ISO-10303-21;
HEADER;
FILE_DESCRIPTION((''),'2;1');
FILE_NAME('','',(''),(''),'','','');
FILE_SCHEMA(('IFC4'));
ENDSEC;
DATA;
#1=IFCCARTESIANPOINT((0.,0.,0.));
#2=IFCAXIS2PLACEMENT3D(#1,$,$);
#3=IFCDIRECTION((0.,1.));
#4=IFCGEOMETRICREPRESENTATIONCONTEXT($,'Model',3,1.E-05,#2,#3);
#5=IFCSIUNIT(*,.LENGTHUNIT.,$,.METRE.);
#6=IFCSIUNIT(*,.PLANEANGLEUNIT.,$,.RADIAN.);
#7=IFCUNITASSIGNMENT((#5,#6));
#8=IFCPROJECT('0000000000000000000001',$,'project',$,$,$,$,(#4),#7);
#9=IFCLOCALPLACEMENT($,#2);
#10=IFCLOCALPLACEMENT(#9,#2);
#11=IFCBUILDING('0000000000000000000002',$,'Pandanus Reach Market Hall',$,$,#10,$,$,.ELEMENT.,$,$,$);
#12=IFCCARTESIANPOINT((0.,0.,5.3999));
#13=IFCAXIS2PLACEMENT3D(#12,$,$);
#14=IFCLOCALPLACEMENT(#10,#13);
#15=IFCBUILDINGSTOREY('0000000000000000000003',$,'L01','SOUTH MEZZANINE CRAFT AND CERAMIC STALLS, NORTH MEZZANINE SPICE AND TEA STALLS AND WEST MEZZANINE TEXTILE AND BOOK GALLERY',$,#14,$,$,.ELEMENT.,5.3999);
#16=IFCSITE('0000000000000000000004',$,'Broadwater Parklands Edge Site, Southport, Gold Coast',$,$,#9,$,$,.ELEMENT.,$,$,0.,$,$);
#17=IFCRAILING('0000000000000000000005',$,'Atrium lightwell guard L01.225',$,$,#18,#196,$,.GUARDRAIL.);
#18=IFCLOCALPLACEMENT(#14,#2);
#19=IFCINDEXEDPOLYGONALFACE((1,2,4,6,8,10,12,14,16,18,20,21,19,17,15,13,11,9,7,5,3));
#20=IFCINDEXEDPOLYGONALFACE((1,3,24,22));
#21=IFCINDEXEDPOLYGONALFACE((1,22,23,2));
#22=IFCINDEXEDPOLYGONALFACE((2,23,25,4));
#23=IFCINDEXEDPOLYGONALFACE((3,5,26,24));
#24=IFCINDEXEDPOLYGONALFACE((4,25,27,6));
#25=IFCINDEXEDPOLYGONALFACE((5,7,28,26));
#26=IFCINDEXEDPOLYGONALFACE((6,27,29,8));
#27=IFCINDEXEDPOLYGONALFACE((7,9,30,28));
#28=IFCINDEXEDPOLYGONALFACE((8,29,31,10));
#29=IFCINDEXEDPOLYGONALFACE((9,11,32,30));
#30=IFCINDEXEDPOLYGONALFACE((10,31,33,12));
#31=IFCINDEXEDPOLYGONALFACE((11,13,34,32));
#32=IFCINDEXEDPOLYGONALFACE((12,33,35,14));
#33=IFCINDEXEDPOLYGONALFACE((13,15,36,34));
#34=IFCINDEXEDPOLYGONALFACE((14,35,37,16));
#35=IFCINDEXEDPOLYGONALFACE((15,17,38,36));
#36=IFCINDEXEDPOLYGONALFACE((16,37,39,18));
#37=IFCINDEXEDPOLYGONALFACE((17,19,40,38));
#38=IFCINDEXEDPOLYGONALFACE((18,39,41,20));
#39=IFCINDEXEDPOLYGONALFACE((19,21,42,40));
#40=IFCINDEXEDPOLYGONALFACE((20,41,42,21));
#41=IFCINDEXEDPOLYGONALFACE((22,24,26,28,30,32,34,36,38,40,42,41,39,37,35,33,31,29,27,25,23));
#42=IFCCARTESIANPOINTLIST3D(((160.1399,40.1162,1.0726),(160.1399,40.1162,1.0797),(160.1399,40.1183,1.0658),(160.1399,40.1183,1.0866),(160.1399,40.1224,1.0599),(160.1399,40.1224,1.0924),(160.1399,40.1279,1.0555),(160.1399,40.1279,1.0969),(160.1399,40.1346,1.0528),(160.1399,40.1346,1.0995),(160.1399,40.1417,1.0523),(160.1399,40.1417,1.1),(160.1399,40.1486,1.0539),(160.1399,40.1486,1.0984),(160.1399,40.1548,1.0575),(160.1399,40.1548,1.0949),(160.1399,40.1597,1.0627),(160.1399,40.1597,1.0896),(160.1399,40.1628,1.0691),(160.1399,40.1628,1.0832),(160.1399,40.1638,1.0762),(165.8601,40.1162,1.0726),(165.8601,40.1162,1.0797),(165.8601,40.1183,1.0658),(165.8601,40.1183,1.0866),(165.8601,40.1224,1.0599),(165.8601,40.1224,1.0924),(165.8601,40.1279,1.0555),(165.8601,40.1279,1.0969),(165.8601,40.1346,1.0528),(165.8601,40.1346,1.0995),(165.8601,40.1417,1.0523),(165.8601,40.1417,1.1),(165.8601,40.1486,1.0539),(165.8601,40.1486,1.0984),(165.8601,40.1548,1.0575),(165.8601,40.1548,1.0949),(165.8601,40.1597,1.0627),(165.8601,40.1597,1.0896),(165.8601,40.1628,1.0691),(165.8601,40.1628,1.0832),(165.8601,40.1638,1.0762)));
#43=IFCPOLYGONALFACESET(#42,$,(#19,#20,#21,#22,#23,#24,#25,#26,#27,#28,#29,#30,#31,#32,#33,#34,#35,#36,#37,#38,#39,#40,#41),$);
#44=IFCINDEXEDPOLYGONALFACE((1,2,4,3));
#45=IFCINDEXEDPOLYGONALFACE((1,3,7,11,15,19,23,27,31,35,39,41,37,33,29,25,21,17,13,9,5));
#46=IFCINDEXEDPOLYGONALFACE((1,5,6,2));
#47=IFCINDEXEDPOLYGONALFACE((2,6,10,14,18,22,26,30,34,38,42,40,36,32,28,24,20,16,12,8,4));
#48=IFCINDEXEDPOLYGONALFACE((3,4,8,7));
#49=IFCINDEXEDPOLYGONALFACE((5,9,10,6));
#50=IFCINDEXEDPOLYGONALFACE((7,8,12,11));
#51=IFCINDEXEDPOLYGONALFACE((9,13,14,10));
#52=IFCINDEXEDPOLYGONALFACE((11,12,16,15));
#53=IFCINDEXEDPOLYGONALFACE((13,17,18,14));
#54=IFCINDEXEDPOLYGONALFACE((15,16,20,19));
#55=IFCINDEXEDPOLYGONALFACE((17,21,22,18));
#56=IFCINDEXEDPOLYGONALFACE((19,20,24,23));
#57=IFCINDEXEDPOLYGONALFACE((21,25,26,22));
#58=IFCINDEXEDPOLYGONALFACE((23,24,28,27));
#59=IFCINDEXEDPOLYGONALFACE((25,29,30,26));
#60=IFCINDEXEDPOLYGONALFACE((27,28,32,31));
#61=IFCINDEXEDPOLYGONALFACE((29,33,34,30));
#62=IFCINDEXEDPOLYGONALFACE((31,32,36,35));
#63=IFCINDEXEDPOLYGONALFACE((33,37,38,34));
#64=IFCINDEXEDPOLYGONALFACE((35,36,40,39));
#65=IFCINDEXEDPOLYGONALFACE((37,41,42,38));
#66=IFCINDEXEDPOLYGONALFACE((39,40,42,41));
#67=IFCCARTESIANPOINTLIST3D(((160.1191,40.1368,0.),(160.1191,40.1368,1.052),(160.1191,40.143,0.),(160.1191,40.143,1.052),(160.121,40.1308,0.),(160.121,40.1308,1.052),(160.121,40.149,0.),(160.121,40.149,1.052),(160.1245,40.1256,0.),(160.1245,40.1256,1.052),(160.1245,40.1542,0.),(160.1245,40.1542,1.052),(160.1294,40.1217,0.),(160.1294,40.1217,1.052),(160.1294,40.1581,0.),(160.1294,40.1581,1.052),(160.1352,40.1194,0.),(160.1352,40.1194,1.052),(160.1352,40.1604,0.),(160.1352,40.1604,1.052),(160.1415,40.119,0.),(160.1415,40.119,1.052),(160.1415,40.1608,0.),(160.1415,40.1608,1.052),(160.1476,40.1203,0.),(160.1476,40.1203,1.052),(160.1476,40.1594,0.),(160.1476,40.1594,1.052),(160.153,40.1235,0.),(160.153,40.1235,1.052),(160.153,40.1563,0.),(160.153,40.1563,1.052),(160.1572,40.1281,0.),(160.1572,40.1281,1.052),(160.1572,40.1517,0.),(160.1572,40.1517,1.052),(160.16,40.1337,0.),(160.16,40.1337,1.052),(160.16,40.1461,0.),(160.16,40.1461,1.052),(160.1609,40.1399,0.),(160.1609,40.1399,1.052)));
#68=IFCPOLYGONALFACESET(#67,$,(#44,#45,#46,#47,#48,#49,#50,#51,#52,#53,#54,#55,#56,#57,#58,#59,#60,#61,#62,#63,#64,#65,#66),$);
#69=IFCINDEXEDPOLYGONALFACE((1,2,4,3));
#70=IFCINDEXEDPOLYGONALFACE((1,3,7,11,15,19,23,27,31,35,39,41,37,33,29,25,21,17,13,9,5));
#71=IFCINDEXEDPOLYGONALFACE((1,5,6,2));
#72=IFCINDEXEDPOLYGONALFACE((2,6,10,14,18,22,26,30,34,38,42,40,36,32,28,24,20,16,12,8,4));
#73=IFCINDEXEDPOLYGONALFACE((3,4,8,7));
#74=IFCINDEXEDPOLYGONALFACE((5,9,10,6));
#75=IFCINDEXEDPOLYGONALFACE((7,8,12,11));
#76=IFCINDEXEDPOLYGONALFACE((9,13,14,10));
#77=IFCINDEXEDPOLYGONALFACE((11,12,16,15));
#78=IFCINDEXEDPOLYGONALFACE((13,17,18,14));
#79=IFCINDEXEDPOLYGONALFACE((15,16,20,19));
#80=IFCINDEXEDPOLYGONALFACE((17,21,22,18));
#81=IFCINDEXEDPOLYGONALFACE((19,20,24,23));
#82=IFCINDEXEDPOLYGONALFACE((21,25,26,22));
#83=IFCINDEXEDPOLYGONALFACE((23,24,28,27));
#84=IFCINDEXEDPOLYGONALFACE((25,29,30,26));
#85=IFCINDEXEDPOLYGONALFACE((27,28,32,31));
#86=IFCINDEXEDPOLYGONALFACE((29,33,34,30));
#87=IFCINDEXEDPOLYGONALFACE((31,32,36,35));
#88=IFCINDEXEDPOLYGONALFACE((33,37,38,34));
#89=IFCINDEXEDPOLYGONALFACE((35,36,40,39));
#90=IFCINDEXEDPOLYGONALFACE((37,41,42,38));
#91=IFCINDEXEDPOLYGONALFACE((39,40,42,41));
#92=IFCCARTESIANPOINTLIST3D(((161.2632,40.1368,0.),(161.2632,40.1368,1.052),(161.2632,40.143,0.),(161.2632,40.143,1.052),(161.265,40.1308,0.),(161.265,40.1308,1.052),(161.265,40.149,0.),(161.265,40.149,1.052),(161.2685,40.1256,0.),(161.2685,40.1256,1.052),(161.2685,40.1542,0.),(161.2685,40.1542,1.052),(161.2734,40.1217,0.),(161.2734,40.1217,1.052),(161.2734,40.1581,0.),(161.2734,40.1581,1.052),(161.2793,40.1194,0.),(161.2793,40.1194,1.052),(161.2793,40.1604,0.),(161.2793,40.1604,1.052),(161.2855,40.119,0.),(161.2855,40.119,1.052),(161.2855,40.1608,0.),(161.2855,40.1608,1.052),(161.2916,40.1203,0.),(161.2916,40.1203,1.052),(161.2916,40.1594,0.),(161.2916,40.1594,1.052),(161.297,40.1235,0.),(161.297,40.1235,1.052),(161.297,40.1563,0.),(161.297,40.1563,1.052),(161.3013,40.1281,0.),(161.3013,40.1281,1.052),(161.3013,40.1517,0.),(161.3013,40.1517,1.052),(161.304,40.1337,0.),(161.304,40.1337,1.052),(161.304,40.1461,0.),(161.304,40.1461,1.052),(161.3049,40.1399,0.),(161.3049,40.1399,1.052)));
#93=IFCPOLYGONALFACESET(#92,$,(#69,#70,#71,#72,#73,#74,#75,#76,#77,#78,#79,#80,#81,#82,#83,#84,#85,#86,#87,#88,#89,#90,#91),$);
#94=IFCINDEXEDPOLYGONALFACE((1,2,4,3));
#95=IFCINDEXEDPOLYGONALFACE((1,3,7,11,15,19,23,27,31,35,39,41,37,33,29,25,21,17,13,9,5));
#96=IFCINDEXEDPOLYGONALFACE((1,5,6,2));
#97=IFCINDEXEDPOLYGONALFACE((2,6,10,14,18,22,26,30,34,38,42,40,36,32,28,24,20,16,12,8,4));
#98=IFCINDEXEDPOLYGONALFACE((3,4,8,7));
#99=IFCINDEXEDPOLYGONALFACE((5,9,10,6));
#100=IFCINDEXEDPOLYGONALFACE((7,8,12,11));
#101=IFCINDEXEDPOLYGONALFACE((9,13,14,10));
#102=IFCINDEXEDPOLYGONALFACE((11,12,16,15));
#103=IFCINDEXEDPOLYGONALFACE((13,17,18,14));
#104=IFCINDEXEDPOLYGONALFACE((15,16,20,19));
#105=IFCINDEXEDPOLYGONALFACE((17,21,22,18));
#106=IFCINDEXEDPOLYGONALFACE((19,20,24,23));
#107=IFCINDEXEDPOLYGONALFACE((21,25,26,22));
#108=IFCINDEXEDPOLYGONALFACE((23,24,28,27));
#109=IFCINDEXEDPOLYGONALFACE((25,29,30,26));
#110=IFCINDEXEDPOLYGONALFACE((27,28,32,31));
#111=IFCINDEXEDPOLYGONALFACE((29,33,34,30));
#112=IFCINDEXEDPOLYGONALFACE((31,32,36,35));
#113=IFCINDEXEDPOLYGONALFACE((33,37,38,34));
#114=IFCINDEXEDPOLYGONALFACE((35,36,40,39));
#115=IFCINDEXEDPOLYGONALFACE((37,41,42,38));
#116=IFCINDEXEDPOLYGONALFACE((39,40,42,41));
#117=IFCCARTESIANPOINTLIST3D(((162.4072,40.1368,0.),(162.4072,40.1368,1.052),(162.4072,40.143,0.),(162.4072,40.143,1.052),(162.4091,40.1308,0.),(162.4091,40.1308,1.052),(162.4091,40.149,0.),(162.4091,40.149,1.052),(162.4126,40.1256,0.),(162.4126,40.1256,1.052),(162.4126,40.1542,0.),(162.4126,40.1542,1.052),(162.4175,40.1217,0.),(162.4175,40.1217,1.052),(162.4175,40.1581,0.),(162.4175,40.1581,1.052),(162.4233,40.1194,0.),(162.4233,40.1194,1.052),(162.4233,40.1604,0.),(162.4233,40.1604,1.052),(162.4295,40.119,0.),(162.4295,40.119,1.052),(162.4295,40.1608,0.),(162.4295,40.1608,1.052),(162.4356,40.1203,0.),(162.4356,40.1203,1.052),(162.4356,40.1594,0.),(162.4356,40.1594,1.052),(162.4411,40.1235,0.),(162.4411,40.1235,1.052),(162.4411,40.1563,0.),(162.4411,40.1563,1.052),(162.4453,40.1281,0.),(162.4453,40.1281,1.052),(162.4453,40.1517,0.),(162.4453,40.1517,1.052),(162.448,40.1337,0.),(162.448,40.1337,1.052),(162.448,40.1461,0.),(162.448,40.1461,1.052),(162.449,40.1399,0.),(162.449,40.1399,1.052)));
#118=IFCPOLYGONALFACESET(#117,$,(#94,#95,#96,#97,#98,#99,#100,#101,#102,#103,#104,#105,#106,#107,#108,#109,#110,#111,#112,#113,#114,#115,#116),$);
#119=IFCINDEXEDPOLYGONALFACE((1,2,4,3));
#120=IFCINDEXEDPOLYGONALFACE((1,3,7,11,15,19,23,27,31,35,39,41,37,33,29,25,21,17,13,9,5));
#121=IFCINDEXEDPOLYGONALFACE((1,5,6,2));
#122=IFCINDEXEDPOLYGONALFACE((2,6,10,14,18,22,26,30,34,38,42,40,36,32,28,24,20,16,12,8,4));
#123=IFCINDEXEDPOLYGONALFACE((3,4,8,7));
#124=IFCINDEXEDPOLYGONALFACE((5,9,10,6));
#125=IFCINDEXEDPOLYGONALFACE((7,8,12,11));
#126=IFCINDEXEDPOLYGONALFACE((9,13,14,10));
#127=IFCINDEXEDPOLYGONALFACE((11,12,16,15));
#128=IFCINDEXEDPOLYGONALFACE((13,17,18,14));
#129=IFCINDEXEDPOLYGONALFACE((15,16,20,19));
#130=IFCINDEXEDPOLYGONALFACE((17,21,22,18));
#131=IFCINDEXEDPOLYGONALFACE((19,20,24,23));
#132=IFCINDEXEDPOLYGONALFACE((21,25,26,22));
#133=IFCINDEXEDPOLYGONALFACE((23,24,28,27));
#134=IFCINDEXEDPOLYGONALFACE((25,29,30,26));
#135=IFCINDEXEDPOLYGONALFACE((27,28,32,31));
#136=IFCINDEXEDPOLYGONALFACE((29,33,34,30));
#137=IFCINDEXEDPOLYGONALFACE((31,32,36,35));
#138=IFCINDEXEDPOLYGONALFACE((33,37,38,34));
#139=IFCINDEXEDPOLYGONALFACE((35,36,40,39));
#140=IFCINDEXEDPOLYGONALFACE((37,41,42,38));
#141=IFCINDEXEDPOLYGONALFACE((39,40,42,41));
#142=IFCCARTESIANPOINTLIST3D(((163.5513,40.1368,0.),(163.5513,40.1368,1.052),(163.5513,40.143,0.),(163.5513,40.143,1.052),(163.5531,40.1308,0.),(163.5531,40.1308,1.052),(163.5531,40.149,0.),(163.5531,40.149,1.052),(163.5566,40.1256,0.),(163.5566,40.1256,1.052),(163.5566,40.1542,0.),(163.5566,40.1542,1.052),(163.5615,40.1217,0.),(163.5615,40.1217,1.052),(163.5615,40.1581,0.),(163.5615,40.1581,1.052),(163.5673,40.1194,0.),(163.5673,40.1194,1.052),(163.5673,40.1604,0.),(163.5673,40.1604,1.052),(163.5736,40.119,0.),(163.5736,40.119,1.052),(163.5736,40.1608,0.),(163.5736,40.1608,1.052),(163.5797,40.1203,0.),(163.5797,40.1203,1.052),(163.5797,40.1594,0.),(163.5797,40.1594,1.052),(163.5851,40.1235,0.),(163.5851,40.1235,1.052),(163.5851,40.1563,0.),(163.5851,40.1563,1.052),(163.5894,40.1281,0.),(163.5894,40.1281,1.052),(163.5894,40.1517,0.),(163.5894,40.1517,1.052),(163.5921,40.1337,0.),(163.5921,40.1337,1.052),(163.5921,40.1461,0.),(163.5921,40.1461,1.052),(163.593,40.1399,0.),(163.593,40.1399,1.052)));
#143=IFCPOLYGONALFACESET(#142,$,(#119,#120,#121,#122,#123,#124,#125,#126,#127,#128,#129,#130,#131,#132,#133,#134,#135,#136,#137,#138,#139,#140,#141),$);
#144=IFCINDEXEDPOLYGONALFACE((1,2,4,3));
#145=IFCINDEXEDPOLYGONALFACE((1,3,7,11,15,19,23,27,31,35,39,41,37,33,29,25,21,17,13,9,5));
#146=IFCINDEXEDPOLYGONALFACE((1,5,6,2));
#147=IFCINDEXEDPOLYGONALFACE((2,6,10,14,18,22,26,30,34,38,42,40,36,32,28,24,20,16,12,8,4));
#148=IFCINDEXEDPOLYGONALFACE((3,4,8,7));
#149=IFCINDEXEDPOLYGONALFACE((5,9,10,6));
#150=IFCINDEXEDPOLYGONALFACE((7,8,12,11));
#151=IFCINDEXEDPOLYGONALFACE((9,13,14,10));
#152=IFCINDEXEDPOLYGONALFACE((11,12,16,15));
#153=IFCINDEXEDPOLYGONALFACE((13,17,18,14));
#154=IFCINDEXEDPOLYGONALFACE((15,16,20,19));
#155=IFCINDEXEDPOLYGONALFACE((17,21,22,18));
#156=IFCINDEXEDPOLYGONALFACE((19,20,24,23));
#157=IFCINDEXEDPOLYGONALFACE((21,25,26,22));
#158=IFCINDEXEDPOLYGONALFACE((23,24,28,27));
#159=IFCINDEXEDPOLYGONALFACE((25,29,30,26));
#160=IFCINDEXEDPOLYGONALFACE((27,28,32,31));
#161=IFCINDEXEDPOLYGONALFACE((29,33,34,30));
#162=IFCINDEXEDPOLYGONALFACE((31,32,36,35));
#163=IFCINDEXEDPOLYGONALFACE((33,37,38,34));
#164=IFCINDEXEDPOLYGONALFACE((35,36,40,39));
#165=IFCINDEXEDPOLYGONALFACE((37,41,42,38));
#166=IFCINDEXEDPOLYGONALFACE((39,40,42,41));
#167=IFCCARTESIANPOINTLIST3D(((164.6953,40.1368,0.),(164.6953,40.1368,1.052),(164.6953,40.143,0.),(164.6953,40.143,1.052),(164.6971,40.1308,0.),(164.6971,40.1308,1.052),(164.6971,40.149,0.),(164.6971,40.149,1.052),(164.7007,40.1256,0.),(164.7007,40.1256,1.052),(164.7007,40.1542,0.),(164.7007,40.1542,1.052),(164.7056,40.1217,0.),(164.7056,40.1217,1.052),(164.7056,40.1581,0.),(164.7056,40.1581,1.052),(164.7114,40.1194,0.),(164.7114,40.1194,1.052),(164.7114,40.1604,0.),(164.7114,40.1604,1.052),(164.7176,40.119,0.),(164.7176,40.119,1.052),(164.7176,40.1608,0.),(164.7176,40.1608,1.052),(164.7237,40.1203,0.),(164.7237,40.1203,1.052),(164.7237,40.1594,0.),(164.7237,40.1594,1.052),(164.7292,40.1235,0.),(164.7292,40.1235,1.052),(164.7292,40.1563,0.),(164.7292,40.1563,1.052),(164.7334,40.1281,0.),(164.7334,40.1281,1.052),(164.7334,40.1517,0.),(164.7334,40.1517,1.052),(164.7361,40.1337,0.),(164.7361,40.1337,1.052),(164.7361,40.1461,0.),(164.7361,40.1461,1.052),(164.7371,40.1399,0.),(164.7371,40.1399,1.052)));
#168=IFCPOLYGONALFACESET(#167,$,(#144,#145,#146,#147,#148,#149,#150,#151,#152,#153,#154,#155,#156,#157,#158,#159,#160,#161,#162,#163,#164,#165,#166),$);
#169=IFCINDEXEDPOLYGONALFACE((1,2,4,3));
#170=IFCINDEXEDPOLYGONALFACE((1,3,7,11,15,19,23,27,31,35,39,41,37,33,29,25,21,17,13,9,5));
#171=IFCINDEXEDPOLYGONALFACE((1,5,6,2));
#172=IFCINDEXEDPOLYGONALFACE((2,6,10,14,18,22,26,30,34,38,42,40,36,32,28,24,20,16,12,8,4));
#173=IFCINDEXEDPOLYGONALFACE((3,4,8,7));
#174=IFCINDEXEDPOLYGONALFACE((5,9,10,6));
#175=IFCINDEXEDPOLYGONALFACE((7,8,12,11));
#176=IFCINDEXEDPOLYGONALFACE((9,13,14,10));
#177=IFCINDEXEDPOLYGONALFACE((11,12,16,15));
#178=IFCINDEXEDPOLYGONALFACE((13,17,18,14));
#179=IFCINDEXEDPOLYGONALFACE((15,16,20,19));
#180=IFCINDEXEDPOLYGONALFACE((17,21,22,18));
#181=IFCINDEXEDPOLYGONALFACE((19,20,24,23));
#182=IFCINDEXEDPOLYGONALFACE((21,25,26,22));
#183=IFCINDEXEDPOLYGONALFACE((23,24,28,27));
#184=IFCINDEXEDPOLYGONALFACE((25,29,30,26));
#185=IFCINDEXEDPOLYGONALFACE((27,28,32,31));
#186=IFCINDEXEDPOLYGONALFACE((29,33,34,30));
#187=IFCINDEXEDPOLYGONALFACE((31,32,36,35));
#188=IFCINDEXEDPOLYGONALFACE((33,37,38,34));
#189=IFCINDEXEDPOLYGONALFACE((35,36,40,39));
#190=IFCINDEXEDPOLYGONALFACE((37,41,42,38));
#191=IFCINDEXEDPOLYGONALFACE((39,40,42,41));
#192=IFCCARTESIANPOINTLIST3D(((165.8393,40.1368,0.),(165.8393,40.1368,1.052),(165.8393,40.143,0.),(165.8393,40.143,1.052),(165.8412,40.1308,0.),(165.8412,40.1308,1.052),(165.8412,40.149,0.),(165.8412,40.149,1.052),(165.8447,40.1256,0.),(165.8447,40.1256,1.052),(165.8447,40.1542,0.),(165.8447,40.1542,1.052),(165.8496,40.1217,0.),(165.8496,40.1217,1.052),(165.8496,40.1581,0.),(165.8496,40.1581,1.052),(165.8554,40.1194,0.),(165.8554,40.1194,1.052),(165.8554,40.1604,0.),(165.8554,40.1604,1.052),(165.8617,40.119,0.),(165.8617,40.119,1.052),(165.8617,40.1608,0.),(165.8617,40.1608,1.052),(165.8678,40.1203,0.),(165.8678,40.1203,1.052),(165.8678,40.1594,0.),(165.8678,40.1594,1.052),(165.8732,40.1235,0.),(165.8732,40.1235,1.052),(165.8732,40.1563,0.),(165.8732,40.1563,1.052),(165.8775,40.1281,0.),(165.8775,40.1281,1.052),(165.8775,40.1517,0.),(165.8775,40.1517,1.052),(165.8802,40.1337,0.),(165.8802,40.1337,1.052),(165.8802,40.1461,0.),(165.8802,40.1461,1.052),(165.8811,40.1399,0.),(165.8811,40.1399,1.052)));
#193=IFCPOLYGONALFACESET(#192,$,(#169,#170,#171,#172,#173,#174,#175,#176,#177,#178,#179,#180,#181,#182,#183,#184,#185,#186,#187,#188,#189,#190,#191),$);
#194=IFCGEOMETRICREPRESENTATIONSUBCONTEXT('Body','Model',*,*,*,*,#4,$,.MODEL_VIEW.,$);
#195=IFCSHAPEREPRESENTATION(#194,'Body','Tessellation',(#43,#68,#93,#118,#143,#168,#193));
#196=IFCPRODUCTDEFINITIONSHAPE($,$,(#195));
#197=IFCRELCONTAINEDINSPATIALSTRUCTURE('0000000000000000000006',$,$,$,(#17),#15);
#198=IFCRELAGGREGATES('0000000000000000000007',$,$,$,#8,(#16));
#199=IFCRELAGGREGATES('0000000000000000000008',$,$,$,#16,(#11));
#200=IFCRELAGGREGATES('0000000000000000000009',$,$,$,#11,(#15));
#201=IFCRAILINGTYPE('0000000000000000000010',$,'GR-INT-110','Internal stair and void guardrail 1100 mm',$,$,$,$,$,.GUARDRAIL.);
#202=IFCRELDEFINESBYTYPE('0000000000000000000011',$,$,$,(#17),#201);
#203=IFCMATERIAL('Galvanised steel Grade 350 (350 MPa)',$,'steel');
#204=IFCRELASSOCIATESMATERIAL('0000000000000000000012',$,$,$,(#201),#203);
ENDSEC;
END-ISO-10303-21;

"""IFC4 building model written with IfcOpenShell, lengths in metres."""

from ifc_helpers import new_model, si_unit, direction, frame, origin, origin_2d, place, context, subcontext, project, spatial, circle, extrude, material, type_object, element, save


model = new_model("IFC4")

# Units and contexts
model_context = context("Model", 3, precision=1e-05, world=origin(), true_north=direction((0.0, 1.0)))
body_context = subcontext(model_context, "Body", "Model", "MODEL_VIEW")
ifc_project = project(units=[si_unit("LENGTHUNIT", "METRE"), si_unit("PLANEANGLEUNIT", "RADIAN")], contexts=[model_context])

# Site, building, storey
site_placement = place(None, origin())
site = spatial("IfcSite", under=ifc_project, at=site_placement, Name="Broadwater Parklands Edge Site, Southport, Gold Coast", CompositionType="ELEMENT", RefElevation=0.0)
building_placement = place(site_placement, origin())
building = spatial("IfcBuilding", under=site, at=building_placement, Name="Pandanus Reach Market Hall", CompositionType="ELEMENT")
storey_placement = place(building_placement, frame((0.0, 0.0, 5.3999)))
storey = spatial("IfcBuildingStorey", under=building, at=storey_placement, Name="L01", Description="SOUTH MEZZANINE CRAFT AND CERAMIC STALLS, NORTH MEZZANINE SPICE AND TEA STALLS AND WEST MEZZANINE TEXTILE AND BOOK GALLERY", CompositionType="ELEMENT", Elevation=5.3999)

# Railing
ifc_material_1 = material(Name="Galvanised steel Grade 350 (350 MPa)", Category="steel")
railing_type_1 = type_object("IfcRailingType", Name="GR-INT-110", Description="Internal stair and void guardrail 1100 mm", PredefinedType="GUARDRAIL", material=ifc_material_1)
railing_1_placement = place(storey_placement, frame((160.1399, 40.1399, 0.0)))
element("IfcRailing", 1, at=railing_1_placement, inside=storey, type_object=railing_type_1, Name="Atrium lightwell guard L01.225", PredefinedType="GUARDRAIL", context=body_context, shape_type="SweptSolid", body=[
    extrude(circle(Radius=0.0239, at=origin_2d()), frame((0.0, 0.0, 1.0762), z_axis=(1.0, 0.0, 0.0), x_axis=(0.0, 1.0, 0.0)), (0.0, 0.0, 1.0), 5.7202),
    extrude(circle(Radius=0.021, at=origin_2d()), origin(), (0.0, 0.0, 1.0), 1.052),
    extrude(circle(Radius=0.021, at=origin_2d()), frame((1.144, 0.0, 0.0)), (0.0, 0.0, 1.0), 1.052),
    extrude(circle(Radius=0.021, at=origin_2d()), frame((2.2881, 0.0, 0.0)), (0.0, 0.0, 1.0), 1.052),
    extrude(circle(Radius=0.021, at=origin_2d()), frame((3.4321, 0.0, 0.0)), (0.0, 0.0, 1.0), 1.052),
    extrude(circle(Radius=0.021, at=origin_2d()), frame((4.5762, 0.0, 0.0)), (0.0, 0.0, 1.0), 1.052),
    extrude(circle(Radius=0.021, at=origin_2d()), frame((5.7202, 0.0, 0.0)), (0.0, 0.0, 1.0), 1.052),
])

save(model, "model.ifc")
